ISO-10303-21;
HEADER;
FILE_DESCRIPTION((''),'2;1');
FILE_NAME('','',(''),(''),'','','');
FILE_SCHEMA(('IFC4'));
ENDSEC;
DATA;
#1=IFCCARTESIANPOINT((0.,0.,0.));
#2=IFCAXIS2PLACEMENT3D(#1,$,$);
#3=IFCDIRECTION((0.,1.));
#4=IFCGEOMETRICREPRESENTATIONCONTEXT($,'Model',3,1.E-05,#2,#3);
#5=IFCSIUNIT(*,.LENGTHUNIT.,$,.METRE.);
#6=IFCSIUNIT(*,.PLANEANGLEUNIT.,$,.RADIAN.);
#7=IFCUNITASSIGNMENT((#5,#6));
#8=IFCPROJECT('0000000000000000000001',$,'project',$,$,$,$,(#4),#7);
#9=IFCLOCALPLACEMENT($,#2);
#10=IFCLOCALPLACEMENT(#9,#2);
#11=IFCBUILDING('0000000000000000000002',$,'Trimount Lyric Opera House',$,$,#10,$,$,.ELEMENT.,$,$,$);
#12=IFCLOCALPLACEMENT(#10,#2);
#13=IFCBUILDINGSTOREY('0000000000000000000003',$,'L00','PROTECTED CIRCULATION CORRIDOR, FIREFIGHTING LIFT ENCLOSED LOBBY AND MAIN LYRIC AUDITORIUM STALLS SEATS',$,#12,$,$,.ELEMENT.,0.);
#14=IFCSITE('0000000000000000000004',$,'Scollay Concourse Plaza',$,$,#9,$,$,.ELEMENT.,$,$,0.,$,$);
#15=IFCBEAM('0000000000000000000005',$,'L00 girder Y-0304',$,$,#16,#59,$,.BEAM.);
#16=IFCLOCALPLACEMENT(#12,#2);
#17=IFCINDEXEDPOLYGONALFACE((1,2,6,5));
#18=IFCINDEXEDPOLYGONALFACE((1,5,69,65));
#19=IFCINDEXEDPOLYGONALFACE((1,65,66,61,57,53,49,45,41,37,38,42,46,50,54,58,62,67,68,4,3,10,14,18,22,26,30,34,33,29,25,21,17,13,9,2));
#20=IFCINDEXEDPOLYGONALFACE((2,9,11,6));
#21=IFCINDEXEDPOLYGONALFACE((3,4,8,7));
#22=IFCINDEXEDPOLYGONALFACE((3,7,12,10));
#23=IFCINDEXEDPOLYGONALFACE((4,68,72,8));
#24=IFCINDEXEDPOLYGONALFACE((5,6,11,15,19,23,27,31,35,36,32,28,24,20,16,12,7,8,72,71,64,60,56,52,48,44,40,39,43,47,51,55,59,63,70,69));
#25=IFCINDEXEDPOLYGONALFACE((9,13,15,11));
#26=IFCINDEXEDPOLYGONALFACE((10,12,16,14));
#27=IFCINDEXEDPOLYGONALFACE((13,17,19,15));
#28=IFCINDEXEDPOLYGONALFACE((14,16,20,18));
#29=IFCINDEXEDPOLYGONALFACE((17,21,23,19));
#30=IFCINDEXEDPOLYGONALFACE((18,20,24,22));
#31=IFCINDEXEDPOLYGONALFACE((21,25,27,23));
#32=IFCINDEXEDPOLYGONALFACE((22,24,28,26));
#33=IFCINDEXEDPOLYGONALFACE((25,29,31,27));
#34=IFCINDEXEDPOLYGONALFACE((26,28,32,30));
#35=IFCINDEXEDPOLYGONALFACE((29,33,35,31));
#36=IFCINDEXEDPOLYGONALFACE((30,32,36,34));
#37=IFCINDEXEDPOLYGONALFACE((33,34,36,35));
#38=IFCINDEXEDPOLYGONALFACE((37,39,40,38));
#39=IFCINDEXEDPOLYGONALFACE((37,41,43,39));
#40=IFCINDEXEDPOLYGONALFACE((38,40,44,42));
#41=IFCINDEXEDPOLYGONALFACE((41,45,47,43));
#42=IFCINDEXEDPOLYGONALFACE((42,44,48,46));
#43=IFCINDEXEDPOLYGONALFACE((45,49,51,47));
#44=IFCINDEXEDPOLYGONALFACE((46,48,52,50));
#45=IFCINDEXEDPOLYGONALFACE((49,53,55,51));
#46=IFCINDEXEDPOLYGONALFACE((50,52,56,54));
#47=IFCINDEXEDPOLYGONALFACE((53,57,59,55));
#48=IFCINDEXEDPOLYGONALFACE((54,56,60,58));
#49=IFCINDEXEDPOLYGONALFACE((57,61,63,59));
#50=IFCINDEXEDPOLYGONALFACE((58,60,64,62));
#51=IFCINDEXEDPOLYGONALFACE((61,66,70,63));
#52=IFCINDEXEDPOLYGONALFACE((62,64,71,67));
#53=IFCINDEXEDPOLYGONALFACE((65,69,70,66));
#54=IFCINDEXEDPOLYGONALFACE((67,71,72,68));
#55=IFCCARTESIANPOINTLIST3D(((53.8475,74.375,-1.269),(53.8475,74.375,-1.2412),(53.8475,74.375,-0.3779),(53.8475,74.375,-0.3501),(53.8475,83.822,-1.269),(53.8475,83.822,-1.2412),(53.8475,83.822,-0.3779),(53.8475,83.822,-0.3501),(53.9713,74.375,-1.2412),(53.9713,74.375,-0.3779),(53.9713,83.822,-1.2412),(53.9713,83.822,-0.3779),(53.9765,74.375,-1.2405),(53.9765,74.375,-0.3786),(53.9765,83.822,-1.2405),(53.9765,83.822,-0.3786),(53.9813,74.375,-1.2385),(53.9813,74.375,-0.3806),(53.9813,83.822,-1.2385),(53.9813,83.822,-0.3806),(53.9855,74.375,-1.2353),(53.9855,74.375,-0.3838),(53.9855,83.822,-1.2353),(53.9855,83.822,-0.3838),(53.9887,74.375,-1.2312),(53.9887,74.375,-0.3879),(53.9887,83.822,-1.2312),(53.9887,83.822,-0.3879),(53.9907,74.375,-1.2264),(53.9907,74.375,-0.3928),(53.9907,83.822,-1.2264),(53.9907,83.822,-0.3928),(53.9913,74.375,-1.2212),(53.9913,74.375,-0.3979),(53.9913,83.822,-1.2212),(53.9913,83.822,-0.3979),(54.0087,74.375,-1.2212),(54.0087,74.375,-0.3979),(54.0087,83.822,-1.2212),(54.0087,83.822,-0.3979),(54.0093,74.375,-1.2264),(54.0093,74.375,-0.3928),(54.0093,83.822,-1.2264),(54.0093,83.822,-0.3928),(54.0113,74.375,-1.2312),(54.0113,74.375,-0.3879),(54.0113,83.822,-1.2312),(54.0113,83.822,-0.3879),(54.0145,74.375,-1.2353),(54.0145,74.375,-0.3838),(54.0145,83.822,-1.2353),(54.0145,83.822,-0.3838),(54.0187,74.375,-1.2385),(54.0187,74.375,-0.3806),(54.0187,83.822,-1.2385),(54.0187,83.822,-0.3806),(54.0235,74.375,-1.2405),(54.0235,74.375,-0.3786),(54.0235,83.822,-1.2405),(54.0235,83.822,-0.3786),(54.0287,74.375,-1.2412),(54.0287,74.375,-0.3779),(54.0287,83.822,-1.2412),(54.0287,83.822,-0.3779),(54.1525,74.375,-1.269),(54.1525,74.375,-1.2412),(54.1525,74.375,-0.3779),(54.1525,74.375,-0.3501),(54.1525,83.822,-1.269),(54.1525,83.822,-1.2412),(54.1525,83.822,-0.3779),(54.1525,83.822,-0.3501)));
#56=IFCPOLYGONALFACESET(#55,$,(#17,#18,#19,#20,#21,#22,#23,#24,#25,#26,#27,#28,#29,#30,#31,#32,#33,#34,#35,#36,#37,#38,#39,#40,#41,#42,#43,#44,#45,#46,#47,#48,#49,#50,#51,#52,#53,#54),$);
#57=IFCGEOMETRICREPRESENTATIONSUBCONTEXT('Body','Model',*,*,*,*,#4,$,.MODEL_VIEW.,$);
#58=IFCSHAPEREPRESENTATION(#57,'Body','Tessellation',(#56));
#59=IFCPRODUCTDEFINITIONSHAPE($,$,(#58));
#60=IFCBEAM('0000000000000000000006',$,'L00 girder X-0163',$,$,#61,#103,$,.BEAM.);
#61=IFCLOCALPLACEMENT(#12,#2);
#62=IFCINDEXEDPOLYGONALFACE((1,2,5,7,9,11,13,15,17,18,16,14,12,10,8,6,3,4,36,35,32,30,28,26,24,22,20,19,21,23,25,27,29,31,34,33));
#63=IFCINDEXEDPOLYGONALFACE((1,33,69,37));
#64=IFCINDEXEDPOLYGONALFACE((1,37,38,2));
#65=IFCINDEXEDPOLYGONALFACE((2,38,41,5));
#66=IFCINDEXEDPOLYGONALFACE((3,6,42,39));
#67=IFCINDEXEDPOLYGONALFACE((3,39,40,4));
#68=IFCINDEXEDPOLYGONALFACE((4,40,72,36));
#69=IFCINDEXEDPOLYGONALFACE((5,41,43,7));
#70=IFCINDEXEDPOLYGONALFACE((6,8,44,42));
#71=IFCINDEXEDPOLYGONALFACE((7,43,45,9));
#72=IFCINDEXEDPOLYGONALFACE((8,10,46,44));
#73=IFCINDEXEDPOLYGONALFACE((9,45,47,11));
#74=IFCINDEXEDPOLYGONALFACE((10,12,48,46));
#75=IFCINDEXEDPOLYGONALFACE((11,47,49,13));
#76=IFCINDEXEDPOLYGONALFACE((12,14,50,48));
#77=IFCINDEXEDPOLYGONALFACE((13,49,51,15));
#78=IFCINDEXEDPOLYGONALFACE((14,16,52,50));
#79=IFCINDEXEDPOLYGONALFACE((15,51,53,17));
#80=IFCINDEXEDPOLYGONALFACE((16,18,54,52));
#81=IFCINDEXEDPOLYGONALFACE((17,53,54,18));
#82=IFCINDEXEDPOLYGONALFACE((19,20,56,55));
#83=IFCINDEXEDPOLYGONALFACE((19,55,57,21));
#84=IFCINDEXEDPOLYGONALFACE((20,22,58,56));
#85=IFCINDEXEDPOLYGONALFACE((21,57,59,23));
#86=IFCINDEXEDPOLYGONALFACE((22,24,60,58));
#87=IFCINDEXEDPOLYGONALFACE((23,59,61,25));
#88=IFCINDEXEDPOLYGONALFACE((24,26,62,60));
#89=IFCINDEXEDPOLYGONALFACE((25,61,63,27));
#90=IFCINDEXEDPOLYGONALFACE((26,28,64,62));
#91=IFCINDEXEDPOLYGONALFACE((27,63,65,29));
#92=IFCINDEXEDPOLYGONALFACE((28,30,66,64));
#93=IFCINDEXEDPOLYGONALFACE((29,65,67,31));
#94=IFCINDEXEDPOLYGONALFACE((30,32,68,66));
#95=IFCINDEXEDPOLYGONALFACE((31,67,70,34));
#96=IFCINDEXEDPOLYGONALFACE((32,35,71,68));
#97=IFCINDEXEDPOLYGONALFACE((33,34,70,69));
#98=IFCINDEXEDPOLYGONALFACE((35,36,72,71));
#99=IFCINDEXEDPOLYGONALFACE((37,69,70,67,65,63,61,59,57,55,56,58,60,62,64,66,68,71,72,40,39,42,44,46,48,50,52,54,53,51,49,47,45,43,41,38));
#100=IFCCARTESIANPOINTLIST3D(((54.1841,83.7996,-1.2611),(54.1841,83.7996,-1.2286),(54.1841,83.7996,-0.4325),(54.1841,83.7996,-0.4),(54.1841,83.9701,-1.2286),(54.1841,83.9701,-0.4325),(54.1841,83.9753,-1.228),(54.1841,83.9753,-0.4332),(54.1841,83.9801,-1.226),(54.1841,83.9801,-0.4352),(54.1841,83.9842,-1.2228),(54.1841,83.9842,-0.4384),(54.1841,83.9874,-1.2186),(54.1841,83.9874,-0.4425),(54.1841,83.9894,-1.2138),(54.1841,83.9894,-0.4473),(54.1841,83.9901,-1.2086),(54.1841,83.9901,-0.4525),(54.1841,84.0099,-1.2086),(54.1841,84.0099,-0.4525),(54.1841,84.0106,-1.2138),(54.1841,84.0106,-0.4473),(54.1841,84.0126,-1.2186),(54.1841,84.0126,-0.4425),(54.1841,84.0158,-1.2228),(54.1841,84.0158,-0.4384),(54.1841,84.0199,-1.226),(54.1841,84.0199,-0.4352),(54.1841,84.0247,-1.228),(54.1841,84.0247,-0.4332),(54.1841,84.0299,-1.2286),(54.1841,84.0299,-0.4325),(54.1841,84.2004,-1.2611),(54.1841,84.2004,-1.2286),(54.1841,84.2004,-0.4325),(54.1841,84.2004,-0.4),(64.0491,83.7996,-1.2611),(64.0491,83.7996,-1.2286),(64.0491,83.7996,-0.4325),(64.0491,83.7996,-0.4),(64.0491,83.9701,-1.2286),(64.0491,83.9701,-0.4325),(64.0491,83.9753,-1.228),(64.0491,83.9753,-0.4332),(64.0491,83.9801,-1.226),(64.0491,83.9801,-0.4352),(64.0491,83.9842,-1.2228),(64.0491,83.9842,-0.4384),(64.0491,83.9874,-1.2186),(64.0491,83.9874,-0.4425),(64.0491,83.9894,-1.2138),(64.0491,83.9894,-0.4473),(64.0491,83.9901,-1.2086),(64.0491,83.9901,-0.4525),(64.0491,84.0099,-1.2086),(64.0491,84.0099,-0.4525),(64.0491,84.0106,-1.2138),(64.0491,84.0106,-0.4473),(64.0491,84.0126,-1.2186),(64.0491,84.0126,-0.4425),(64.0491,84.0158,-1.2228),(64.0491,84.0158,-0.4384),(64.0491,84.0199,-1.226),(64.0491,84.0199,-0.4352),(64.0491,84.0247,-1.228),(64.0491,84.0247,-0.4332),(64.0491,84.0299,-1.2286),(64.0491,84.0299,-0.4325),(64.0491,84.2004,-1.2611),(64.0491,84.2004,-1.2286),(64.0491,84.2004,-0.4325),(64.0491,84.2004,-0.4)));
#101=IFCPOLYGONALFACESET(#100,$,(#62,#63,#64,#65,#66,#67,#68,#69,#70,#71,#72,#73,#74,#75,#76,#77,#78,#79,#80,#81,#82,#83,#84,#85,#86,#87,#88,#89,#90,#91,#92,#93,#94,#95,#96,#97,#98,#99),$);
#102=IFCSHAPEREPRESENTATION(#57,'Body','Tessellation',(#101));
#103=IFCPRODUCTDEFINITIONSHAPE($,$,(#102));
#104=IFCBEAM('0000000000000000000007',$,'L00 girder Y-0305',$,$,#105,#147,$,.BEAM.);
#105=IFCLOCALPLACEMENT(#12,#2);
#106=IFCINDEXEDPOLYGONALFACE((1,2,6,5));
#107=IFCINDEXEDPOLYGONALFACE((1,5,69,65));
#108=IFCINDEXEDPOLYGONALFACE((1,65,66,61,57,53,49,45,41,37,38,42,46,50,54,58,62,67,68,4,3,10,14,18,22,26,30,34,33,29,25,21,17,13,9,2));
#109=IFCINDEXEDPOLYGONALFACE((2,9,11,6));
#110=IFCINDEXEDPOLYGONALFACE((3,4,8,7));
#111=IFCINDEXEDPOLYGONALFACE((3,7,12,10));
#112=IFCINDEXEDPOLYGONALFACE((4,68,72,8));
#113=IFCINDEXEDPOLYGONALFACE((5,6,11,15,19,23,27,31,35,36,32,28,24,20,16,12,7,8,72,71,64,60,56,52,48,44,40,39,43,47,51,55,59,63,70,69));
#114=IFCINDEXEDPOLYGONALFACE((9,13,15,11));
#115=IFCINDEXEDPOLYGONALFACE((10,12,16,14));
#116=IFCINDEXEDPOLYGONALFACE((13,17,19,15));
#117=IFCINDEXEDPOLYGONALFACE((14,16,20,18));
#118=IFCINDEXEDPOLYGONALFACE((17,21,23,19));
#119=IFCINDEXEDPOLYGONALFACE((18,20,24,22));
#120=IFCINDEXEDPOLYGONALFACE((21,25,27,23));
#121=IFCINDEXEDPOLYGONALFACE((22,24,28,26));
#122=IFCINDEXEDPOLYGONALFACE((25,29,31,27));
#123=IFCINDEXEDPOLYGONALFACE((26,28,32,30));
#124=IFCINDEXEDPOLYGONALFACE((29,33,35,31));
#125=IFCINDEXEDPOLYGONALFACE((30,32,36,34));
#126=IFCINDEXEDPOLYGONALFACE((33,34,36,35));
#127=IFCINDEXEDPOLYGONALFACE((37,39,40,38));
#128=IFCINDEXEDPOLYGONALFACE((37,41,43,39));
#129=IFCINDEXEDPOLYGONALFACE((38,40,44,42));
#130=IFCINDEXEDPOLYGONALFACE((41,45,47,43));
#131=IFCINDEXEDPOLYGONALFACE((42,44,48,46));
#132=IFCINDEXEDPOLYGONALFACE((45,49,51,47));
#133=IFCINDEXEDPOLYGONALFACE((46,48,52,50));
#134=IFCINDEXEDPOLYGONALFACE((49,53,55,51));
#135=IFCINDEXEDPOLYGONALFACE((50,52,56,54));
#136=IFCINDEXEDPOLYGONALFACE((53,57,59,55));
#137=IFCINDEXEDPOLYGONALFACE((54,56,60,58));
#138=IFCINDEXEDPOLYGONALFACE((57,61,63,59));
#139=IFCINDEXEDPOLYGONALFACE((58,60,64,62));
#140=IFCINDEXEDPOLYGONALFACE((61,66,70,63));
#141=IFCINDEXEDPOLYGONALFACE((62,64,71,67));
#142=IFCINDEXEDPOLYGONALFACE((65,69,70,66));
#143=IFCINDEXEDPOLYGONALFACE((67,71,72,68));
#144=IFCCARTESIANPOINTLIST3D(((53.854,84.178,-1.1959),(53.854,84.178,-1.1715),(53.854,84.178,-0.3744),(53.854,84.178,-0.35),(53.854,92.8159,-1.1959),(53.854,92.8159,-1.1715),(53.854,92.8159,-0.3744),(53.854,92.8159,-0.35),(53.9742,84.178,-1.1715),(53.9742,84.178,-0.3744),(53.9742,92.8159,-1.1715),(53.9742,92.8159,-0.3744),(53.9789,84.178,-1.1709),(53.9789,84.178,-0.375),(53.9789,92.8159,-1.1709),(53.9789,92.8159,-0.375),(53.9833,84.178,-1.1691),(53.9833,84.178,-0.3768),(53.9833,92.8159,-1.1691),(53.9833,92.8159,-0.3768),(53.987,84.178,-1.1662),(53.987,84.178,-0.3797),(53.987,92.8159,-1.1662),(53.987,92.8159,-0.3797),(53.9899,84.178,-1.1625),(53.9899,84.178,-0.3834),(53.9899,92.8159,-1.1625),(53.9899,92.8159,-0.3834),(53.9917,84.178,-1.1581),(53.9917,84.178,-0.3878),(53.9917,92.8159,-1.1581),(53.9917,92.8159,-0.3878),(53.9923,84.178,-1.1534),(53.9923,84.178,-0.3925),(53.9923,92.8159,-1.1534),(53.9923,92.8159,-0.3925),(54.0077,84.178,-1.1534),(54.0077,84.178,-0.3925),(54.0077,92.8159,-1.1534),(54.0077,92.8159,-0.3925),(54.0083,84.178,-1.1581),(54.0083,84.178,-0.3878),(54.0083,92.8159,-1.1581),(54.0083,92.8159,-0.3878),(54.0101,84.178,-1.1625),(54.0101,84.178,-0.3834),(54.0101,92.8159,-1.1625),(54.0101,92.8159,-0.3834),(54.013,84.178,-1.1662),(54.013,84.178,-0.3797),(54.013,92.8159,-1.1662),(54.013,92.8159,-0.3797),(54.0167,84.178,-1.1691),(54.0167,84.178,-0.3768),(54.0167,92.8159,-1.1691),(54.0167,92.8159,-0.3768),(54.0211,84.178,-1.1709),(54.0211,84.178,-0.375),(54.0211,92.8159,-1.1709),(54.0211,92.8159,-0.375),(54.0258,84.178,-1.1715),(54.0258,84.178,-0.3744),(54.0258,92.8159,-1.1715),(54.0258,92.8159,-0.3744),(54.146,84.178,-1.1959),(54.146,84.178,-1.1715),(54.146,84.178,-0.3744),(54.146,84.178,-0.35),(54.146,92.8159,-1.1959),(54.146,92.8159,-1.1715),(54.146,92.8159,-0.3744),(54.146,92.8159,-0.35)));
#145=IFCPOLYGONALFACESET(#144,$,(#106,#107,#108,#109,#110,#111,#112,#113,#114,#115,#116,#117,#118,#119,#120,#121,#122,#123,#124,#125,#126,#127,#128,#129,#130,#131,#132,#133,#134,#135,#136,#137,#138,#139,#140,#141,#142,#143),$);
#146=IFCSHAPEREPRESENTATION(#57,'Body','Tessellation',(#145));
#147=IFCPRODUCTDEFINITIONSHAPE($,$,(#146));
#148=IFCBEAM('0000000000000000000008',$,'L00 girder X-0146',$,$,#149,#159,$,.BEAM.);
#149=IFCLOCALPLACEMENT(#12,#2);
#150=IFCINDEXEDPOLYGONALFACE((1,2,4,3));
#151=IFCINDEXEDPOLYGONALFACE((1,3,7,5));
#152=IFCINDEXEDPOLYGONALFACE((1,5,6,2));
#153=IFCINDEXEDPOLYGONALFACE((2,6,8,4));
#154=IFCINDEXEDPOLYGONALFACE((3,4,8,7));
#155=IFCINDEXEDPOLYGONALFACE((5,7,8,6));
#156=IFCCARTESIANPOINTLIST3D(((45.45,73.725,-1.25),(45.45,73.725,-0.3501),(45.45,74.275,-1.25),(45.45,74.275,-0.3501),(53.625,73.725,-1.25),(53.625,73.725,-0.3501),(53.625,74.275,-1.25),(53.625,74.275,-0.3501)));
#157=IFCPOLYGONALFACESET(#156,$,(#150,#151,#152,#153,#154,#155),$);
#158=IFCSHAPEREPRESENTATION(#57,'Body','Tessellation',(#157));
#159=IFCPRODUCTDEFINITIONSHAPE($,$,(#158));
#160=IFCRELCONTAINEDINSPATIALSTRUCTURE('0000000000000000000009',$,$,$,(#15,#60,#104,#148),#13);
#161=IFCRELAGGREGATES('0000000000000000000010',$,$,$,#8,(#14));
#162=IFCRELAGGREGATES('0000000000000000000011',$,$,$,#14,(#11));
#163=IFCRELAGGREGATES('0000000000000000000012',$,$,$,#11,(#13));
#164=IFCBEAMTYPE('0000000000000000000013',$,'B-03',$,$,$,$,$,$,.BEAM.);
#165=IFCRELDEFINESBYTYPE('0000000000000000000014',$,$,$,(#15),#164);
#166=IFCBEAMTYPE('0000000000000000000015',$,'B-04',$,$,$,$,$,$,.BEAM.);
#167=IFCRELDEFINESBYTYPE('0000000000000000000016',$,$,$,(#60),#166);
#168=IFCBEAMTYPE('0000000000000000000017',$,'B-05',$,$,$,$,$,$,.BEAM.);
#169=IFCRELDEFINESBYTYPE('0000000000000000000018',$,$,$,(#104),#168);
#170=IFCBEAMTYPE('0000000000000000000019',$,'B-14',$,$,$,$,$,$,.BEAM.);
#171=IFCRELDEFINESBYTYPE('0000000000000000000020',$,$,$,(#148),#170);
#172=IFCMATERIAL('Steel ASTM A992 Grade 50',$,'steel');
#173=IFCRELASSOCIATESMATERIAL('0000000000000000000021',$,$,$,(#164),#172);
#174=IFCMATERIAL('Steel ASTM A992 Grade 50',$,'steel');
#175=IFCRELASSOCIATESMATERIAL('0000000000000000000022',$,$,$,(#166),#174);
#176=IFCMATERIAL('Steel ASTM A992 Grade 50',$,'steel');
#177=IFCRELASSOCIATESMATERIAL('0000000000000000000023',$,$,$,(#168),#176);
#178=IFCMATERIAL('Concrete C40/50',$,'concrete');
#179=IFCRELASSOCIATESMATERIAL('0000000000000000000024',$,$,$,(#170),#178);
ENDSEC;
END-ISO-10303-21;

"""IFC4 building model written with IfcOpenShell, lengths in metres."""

from ifc_helpers import new_model, si_unit, direction, frame, origin, origin_2d, place, context, subcontext, project, spatial, rectangle, i_section, extrude, material, material_profile, profile_set, type_object, element, save


model = new_model("IFC4")

# Units and contexts
model_context = context("Model", 3, precision=1e-05, world=origin(), true_north=direction((0.0, 1.0)))
body_context = subcontext(model_context, "Body", "Model", "MODEL_VIEW")
ifc_project = project(units=[si_unit("LENGTHUNIT", "METRE"), si_unit("PLANEANGLEUNIT", "RADIAN")], contexts=[model_context])

# Site, building, storey
site_placement = place(None, origin())
site = spatial("IfcSite", under=ifc_project, at=site_placement, Name="Scollay Concourse Plaza", CompositionType="ELEMENT", RefElevation=0.0)
building_placement = place(site_placement, origin())
building = spatial("IfcBuilding", under=site, at=building_placement, Name="Trimount Lyric Opera House", CompositionType="ELEMENT")
storey_placement = place(building_placement, origin())
storey = spatial("IfcBuildingStorey", under=building, at=storey_placement, Name="L00", Description="PROTECTED CIRCULATION CORRIDOR, FIREFIGHTING LIFT ENCLOSED LOBBY AND MAIN LYRIC AUDITORIUM STALLS SEATS", CompositionType="ELEMENT", Elevation=0.0)

# Beams
ifc_material_1 = material(Name="Steel ASTM A992 Grade 50", Category="steel")
ifc_material_profile_1 = material_profile(ifc_material_1, i_section(OverallWidth=0.3049, OverallDepth=0.9189, WebThickness=0.0173, FlangeThickness=0.0278, FilletRadius=0.02, at=origin_2d()), Name="W36X170")
ifc_profile_set_1 = profile_set([ifc_material_profile_1], Name="Steel ASTM A992 Grade 50")
beam_type_1 = type_object("IfcBeamType", Name="B-03", PredefinedType="BEAM", material=ifc_profile_set_1)
beam_1_placement = place(storey_placement, frame((54.0, 74.375, -0.8096), z_axis=(0.0, 1.0, 0.0), x_axis=(-1.0, 0.0, 0.0)))
element("IfcBeam", 1, at=beam_1_placement, inside=storey, type_object=beam_type_1, Name="L00 girder Y-0304", PredefinedType="BEAM", context=body_context, shape_type="SweptSolid", body=[
    extrude(i_section(OverallWidth=0.3049, OverallDepth=0.9189, WebThickness=0.0173, FlangeThickness=0.0278, FilletRadius=0.02, at=origin_2d()), origin(), (0.0, 0.0, 1.0), 9.447),
])
ifc_material_2 = material(Name="Steel ASTM A992 Grade 50", Category="steel")
ifc_material_profile_2 = material_profile(ifc_material_2, i_section(OverallWidth=0.4009, OverallDepth=0.8611, WebThickness=0.0198, FlangeThickness=0.0325, FilletRadius=0.02, at=origin_2d()), Name="W33X221")
ifc_profile_set_2 = profile_set([ifc_material_profile_2], Name="Steel ASTM A992 Grade 50")
beam_type_2 = type_object("IfcBeamType", Name="B-04", PredefinedType="BEAM", material=ifc_profile_set_2)
beam_2_placement = place(storey_placement, frame((54.1841, 84.0, -0.8306), z_axis=(1.0, 0.0, 0.0), x_axis=(0.0, 1.0, 0.0)))
element("IfcBeam", 2, at=beam_2_placement, inside=storey, type_object=beam_type_2, Name="L00 girder X-0163", PredefinedType="BEAM", context=body_context, shape_type="SweptSolid", body=[
    extrude(i_section(OverallWidth=0.4009, OverallDepth=0.8611, WebThickness=0.0198, FlangeThickness=0.0325, FilletRadius=0.02, at=origin_2d()), origin(), (0.0, 0.0, 1.0), 9.865),
])
ifc_material_3 = material(Name="Steel ASTM A992 Grade 50", Category="steel")
ifc_material_profile_3 = material_profile(ifc_material_3, i_section(OverallWidth=0.292, OverallDepth=0.8459, WebThickness=0.0154, FlangeThickness=0.0244, FilletRadius=0.0181, at=origin_2d()), Name="W33X141")
ifc_profile_set_3 = profile_set([ifc_material_profile_3], Name="Steel ASTM A992 Grade 50")
beam_type_3 = type_object("IfcBeamType", Name="B-05", PredefinedType="BEAM", material=ifc_profile_set_3)
beam_3_placement = place(storey_placement, frame((54.0, 84.178, -0.7729), z_axis=(0.0, 1.0, 0.0), x_axis=(-1.0, 0.0, 0.0)))
element("IfcBeam", 3, at=beam_3_placement, inside=storey, type_object=beam_type_3, Name="L00 girder Y-0305", PredefinedType="BEAM", context=body_context, shape_type="SweptSolid", body=[
    extrude(i_section(OverallWidth=0.292, OverallDepth=0.8459, WebThickness=0.0154, FlangeThickness=0.0244, FilletRadius=0.0181, at=origin_2d()), origin(), (0.0, 0.0, 1.0), 8.6379),
])
ifc_material_4 = material(Name="Concrete C40/50", Category="concrete")
ifc_material_profile_4 = material_profile(ifc_material_4, rectangle(XDim=0.55, YDim=0.8999, at=origin_2d()), Name="RC550X900")
ifc_profile_set_4 = profile_set([ifc_material_profile_4], Name="Concrete C40/50")
beam_type_4 = type_object("IfcBeamType", Name="B-14", PredefinedType="BEAM", material=ifc_profile_set_4)
beam_4_placement = place(storey_placement, frame((45.45, 74.0, -0.8), z_axis=(1.0, 0.0, 0.0), x_axis=(0.0, 1.0, 0.0)))
element("IfcBeam", 4, at=beam_4_placement, inside=storey, type_object=beam_type_4, Name="L00 girder X-0146", PredefinedType="BEAM", context=body_context, shape_type="SweptSolid", body=[
    extrude(rectangle(XDim=0.55, YDim=0.8999, at=origin_2d()), origin(), (0.0, 0.0, 1.0), 8.175),
])

save(model, "model.ifc")
